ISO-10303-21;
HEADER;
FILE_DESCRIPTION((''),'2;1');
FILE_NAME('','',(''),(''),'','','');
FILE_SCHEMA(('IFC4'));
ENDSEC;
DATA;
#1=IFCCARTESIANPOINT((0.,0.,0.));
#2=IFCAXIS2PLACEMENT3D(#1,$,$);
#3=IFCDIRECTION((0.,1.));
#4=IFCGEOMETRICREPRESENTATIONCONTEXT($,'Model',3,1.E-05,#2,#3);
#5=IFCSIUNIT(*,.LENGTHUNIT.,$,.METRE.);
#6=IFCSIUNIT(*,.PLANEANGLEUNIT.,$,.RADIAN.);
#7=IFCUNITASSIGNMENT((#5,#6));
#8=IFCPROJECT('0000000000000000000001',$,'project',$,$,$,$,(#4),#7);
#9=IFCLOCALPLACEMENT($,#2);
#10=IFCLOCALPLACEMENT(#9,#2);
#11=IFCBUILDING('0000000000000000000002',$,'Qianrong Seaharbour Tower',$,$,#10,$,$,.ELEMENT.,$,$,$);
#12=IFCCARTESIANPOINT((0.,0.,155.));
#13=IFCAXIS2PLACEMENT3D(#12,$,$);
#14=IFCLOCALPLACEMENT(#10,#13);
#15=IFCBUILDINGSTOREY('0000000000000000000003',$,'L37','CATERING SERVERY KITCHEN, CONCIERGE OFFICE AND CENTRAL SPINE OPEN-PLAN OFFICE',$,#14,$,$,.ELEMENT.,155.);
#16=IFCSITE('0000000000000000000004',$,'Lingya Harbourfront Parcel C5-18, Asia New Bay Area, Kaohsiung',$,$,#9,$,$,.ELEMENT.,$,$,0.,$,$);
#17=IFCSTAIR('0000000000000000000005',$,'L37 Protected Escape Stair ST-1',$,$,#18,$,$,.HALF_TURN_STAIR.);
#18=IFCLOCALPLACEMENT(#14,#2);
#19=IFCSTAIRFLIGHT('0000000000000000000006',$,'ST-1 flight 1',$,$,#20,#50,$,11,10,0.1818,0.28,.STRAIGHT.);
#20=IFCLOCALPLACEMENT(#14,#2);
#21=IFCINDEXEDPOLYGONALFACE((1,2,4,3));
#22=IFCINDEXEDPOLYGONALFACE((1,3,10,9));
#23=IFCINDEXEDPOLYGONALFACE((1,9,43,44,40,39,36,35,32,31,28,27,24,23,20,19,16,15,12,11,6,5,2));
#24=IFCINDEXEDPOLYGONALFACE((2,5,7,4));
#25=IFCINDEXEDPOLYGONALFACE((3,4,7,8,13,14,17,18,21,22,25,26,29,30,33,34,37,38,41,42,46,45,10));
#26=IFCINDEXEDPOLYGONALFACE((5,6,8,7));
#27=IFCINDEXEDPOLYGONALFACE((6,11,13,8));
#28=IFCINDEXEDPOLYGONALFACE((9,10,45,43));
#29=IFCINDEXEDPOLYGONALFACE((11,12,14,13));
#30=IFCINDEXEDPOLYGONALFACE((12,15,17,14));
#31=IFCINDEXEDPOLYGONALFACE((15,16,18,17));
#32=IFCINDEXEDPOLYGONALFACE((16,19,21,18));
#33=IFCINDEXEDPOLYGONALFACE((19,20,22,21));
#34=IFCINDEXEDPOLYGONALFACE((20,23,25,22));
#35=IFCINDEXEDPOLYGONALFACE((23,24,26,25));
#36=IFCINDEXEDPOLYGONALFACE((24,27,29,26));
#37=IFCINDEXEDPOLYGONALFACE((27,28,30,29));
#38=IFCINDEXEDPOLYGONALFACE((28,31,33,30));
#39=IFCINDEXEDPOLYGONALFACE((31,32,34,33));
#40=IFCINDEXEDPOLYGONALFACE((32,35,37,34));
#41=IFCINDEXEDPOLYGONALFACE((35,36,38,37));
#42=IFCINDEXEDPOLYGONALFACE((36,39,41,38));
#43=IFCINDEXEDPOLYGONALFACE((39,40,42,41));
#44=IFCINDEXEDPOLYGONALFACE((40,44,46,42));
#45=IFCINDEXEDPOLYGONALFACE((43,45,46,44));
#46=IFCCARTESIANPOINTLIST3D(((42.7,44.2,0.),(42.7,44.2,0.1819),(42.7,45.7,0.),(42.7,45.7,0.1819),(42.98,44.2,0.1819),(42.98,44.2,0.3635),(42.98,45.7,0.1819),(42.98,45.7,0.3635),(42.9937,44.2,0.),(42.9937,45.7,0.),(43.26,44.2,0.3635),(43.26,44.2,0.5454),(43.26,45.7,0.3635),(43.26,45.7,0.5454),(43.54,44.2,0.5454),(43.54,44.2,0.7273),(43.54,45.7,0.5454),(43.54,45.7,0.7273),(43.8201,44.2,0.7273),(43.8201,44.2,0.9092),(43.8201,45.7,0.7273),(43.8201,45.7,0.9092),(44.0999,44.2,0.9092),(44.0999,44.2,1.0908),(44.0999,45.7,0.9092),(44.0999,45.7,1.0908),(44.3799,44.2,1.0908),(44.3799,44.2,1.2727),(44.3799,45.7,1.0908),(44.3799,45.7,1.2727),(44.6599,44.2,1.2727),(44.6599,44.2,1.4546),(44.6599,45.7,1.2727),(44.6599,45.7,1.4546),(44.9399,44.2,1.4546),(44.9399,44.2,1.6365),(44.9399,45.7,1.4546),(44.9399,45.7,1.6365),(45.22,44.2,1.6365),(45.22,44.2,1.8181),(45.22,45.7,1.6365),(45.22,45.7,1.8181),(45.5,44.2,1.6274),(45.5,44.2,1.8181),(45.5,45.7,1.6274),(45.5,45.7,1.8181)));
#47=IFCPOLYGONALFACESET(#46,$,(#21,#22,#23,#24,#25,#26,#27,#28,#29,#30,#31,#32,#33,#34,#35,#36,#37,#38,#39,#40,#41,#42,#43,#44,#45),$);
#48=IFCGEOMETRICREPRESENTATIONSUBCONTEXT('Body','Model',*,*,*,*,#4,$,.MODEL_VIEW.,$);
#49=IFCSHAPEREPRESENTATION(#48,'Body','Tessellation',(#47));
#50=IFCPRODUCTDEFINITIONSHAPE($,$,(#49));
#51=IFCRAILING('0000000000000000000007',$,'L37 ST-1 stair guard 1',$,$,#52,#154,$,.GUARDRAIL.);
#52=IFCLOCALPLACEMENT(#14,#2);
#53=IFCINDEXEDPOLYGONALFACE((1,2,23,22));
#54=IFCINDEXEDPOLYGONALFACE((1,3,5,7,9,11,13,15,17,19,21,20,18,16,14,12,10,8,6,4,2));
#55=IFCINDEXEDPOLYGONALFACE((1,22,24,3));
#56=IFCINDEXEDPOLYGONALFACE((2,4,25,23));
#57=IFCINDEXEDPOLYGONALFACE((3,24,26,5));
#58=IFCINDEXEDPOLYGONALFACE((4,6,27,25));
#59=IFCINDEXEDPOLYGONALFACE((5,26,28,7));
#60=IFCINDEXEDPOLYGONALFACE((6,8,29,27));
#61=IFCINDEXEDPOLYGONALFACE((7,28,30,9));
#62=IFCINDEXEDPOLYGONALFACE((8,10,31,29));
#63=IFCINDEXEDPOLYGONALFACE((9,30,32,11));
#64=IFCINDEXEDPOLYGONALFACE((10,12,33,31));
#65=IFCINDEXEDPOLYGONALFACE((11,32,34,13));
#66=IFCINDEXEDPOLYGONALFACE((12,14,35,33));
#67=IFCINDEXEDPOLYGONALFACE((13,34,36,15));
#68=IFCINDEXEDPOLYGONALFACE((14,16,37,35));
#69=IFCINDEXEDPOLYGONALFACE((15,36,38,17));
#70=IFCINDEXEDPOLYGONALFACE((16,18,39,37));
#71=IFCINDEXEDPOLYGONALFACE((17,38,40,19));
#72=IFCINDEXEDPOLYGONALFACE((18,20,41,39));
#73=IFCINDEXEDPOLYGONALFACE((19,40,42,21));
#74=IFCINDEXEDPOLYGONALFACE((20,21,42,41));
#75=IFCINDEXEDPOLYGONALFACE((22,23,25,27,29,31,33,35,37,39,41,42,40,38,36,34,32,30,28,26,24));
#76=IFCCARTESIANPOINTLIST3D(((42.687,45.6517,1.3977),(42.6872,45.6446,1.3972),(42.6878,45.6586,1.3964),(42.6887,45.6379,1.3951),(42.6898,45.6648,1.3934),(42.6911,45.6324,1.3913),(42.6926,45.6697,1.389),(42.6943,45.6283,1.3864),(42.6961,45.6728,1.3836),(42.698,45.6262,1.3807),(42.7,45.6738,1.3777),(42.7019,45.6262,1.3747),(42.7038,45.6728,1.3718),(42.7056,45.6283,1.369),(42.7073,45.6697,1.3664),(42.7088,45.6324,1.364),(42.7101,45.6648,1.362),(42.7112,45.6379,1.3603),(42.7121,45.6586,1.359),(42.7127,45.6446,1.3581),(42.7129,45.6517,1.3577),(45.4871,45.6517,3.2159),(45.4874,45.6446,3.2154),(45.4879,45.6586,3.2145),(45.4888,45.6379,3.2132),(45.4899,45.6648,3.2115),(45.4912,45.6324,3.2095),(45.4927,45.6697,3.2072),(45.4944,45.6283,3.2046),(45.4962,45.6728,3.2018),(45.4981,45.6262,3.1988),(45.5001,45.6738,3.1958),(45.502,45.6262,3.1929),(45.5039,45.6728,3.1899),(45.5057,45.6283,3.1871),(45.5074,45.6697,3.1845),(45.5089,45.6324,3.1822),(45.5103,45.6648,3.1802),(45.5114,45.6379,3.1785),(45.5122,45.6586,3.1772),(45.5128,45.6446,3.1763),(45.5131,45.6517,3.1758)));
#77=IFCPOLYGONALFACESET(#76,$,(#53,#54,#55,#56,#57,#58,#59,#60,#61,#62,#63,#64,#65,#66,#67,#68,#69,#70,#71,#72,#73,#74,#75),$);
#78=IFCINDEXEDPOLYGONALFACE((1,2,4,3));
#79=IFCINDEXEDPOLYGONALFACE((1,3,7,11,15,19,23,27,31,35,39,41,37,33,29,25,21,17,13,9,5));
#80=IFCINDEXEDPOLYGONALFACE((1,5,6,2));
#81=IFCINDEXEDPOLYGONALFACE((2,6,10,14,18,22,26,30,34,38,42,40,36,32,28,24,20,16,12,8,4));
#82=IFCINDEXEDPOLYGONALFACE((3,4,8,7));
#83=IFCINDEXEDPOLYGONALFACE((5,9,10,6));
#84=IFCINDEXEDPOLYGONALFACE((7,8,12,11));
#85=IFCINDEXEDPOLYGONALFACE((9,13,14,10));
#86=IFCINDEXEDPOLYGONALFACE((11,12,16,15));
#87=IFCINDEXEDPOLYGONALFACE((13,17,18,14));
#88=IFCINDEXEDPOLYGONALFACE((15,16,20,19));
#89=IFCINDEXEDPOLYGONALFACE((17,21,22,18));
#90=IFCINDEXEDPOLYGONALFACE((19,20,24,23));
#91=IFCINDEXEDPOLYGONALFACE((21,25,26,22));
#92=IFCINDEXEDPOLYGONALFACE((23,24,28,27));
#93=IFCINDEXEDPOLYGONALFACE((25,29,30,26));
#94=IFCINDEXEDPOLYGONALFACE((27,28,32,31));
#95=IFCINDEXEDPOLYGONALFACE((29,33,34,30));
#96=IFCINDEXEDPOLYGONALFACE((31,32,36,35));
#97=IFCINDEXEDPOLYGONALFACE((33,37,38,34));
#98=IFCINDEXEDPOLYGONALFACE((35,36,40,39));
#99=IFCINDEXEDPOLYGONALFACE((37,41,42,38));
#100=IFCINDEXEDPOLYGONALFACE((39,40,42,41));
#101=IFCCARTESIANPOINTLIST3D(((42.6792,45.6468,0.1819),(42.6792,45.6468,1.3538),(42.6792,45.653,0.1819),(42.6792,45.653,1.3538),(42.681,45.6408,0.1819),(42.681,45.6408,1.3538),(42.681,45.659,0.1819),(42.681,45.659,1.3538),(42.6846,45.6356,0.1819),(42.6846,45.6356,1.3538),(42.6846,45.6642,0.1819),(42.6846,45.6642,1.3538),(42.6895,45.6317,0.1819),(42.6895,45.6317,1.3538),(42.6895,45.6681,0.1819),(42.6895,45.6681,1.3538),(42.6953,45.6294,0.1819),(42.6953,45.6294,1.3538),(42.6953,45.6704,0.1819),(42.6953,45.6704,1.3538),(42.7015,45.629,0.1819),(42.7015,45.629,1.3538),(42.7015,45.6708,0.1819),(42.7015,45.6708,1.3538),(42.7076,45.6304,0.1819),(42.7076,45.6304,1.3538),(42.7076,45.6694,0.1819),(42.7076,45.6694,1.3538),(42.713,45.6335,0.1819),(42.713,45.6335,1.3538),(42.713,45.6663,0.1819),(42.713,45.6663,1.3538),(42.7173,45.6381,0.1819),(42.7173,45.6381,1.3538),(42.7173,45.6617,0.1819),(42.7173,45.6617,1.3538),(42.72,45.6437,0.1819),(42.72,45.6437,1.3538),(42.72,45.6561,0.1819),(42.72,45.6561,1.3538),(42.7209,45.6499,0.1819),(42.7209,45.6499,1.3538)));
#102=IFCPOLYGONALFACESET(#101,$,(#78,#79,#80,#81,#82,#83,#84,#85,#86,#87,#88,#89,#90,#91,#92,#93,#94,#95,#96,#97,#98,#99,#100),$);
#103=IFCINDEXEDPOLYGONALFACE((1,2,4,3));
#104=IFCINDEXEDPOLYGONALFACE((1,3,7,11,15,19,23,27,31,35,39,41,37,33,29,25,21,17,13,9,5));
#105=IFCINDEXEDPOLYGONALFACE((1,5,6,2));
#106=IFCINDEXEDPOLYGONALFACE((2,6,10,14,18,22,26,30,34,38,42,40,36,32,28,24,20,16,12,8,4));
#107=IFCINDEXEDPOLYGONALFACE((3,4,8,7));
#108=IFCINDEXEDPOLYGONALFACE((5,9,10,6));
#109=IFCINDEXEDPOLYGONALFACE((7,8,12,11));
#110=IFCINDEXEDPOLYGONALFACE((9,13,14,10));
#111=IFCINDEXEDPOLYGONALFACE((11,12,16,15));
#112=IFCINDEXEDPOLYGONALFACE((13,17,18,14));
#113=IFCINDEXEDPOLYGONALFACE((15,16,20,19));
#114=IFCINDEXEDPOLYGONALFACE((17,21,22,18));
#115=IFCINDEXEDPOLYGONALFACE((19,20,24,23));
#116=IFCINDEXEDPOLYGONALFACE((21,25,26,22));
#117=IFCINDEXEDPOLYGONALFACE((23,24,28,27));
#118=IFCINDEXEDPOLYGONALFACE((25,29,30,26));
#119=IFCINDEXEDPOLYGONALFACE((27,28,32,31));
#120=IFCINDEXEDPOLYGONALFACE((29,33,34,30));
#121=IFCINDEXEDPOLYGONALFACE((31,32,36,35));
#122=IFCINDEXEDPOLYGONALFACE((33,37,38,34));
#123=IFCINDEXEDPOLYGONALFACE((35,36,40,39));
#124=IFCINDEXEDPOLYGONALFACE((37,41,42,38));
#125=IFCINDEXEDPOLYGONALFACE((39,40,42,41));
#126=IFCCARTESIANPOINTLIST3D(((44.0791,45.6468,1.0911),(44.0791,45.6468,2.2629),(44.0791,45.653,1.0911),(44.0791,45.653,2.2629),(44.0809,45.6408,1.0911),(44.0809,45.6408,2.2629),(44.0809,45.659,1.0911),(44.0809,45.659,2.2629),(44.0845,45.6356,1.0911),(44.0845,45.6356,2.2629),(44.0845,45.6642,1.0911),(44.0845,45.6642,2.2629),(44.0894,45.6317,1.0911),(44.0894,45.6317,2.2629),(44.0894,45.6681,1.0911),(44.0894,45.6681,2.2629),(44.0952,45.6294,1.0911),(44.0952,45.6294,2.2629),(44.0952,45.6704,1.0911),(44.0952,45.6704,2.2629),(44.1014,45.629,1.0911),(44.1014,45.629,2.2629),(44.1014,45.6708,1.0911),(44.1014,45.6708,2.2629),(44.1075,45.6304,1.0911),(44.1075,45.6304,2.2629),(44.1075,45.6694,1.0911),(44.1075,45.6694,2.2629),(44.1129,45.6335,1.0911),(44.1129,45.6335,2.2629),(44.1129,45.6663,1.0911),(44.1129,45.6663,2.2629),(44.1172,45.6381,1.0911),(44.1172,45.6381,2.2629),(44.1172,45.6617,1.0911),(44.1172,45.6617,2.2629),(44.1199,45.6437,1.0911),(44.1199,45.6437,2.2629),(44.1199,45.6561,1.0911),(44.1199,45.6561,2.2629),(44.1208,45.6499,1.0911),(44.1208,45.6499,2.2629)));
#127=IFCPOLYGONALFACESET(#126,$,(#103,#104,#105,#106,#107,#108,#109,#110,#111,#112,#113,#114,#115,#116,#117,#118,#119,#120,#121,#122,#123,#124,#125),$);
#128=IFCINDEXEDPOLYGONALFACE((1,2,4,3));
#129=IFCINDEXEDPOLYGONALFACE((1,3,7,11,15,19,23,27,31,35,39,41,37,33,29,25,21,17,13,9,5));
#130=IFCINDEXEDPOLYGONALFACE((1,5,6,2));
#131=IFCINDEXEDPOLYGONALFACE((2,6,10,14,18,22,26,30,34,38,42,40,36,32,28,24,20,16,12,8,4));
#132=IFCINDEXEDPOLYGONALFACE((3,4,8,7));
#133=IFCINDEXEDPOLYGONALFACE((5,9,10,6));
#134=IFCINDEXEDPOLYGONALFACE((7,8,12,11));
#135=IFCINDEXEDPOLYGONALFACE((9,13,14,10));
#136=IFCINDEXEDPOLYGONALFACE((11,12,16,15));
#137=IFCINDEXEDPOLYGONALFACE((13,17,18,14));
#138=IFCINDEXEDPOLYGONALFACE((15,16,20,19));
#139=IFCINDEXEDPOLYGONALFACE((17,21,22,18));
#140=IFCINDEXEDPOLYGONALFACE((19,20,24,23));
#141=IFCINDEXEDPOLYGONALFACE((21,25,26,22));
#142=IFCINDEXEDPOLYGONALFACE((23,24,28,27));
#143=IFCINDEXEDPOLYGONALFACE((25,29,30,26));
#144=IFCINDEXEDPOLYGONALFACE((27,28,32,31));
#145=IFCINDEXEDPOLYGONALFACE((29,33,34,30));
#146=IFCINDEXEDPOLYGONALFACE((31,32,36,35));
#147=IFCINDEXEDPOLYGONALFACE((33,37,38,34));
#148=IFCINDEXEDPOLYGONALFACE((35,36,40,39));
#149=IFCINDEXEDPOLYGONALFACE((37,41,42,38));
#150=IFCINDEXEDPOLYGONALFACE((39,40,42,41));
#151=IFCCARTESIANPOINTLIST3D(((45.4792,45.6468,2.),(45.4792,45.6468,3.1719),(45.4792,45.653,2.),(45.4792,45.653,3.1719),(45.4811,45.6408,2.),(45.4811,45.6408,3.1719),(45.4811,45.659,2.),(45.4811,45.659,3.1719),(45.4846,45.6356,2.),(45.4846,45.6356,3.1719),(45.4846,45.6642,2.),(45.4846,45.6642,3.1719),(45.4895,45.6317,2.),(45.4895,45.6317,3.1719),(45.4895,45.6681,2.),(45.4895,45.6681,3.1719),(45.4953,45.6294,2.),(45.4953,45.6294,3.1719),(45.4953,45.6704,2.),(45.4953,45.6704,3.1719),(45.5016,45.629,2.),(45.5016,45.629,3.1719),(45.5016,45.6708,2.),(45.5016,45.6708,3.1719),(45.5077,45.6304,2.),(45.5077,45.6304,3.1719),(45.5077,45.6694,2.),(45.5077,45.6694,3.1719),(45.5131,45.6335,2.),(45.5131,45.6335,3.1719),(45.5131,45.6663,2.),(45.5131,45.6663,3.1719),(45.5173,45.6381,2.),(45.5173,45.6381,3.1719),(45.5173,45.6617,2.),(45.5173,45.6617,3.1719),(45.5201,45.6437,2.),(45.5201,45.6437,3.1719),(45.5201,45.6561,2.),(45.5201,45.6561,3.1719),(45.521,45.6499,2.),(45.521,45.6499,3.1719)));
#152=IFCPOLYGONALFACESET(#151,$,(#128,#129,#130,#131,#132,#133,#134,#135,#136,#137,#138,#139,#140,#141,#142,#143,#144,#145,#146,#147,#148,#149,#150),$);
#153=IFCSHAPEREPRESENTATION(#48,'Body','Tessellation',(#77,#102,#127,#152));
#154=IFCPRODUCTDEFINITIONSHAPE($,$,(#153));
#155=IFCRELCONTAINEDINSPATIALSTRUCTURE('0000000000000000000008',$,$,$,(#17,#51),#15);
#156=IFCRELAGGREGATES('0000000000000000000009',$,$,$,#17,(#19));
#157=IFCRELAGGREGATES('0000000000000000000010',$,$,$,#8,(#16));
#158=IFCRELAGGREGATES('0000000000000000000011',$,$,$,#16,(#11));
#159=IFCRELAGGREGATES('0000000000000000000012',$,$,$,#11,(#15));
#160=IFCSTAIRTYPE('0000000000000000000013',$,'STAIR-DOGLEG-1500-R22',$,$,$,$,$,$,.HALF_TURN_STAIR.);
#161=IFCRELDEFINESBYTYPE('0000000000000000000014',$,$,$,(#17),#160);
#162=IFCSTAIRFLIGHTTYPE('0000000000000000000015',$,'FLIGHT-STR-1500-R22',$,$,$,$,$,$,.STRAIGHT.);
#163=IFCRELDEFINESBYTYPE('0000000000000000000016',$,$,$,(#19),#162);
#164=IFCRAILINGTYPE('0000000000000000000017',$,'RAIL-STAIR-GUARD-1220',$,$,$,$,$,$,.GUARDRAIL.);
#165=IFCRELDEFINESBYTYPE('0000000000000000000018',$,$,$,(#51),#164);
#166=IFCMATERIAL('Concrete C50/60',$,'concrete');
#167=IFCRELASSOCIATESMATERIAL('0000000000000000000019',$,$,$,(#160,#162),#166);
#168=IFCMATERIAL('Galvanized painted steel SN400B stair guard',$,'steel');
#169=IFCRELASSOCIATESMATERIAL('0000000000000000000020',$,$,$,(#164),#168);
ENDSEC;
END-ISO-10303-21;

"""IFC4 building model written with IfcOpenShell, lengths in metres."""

from ifc_helpers import new_model, si_unit, direction, frame, origin, origin_2d, place, context, subcontext, project, spatial, polyline, circle, outline, extrude, material, type_object, element, aggregate, save


model = new_model("IFC4")

# Units and contexts
model_context = context("Model", 3, precision=1e-05, world=origin(), true_north=direction((0.0, 1.0)))
body_context = subcontext(model_context, "Body", "Model", "MODEL_VIEW")
ifc_project = project(units=[si_unit("LENGTHUNIT", "METRE"), si_unit("PLANEANGLEUNIT", "RADIAN")], contexts=[model_context])

# Site, building, storey
site_placement = place(None, origin())
site = spatial("IfcSite", under=ifc_project, at=site_placement, Name="Lingya Harbourfront Parcel C5-18, Asia New Bay Area, Kaohsiung", CompositionType="ELEMENT", RefElevation=0.0)
building_placement = place(site_placement, origin())
building = spatial("IfcBuilding", under=site, at=building_placement, Name="Qianrong Seaharbour Tower", CompositionType="ELEMENT")
storey_placement = place(building_placement, frame((0.0, 0.0, 155.0)))
storey = spatial("IfcBuildingStorey", under=building, at=storey_placement, Name="L37", Description="CATERING SERVERY KITCHEN, CONCIERGE OFFICE AND CENTRAL SPINE OPEN-PLAN OFFICE", CompositionType="ELEMENT", Elevation=155.0)

# Shared definitions
ifc_material_1 = material(Name="Concrete C50/60", Category="concrete")

# Stair, stair flight
stair_type = type_object("IfcStairType", Name="STAIR-DOGLEG-1500-R22", PredefinedType="HALF_TURN_STAIR", material=ifc_material_1)
stair_placement = place(storey_placement, origin())
stair = element("IfcStair", 1, at=stair_placement, inside=storey, type_object=stair_type, Name="L37 Protected Escape Stair ST-1", PredefinedType="HALF_TURN_STAIR")
stair_flight_type = type_object("IfcStairFlightType", Name="FLIGHT-STR-1500-R22", PredefinedType="STRAIGHT", material=ifc_material_1)
stair_flight_placement = place(storey_placement, frame((42.7, 44.95, 0.0), z_axis=(0.0, 0.0, 1.0), x_axis=(1.0, 0.0, 0.0)))
stair_flight = element("IfcStairFlight", 2, at=stair_flight_placement, type_object=stair_flight_type, Name="ST-1 flight 1", NumberOfRisers=11, NumberOfTreads=10, PredefinedType="STRAIGHT", RiserHeight=0.1818, TreadLength=0.28, context=body_context, shape_type="SweptSolid", body=[
    extrude(outline(polyline([(0.0, 0.0), (0.0, 0.1819), (0.28, 0.1819), (0.28, 0.3635), (0.5601, 0.3635), (0.5601, 0.5454), (0.8401, 0.5454), (0.8401, 0.7273), (1.1201, 0.7273), (1.1201, 0.9092), (1.3999, 0.9092), (1.3999, 1.0908), (1.6799, 1.0908), (1.6799, 1.2727), (1.96, 1.2727), (1.96, 1.4546), (2.24, 1.4546), (2.24, 1.6365), (2.52, 1.6365), (2.52, 1.8181), (2.8, 1.8181), (2.8, 2.0), (2.8, 1.6274), (0.2937, 0.0), (0.0, 0.0)])), frame((0.0, 0.75, 0.0), z_axis=(0.0, -1.0, 0.0), x_axis=(1.0, 0.0, 0.0)), (0.0, 0.0, 1.0), 1.5),
])
aggregate(stair, [stair_flight])

# Railing
ifc_material_2 = material(Name="Galvanized painted steel SN400B stair guard", Category="steel")
railing_type = type_object("IfcRailingType", Name="RAIL-STAIR-GUARD-1220", PredefinedType="GUARDRAIL", material=ifc_material_2)
railing_1_placement = place(storey_placement, frame((42.7, 45.6499, 0.1819)))
element("IfcRailing", 3, at=railing_1_placement, inside=storey, type_object=railing_type, Name="L37 ST-1 stair guard 1", PredefinedType="GUARDRAIL", context=body_context, shape_type="SweptSolid", body=[
    extrude(circle(Radius=0.0239, at=origin_2d()), frame((0.0, 0.0, 1.1958), z_axis=(0.838706, 0.0, 0.544585), x_axis=(0.0, 1.0, 0.0)), (0.0, 0.0, 1.0), 3.3386),
    extrude(circle(Radius=0.021, at=origin_2d()), origin(), (0.0, 0.0, 1.0), 1.1719),
    extrude(circle(Radius=0.021, at=origin_2d()), frame((1.3999, 0.0, 0.9092)), (0.0, 0.0, 1.0), 1.1719),
    extrude(circle(Radius=0.021, at=origin_2d()), frame((2.8, 0.0, 1.8181)), (0.0, 0.0, 1.0), 1.1719),
])

save(model, "model.ifc")
